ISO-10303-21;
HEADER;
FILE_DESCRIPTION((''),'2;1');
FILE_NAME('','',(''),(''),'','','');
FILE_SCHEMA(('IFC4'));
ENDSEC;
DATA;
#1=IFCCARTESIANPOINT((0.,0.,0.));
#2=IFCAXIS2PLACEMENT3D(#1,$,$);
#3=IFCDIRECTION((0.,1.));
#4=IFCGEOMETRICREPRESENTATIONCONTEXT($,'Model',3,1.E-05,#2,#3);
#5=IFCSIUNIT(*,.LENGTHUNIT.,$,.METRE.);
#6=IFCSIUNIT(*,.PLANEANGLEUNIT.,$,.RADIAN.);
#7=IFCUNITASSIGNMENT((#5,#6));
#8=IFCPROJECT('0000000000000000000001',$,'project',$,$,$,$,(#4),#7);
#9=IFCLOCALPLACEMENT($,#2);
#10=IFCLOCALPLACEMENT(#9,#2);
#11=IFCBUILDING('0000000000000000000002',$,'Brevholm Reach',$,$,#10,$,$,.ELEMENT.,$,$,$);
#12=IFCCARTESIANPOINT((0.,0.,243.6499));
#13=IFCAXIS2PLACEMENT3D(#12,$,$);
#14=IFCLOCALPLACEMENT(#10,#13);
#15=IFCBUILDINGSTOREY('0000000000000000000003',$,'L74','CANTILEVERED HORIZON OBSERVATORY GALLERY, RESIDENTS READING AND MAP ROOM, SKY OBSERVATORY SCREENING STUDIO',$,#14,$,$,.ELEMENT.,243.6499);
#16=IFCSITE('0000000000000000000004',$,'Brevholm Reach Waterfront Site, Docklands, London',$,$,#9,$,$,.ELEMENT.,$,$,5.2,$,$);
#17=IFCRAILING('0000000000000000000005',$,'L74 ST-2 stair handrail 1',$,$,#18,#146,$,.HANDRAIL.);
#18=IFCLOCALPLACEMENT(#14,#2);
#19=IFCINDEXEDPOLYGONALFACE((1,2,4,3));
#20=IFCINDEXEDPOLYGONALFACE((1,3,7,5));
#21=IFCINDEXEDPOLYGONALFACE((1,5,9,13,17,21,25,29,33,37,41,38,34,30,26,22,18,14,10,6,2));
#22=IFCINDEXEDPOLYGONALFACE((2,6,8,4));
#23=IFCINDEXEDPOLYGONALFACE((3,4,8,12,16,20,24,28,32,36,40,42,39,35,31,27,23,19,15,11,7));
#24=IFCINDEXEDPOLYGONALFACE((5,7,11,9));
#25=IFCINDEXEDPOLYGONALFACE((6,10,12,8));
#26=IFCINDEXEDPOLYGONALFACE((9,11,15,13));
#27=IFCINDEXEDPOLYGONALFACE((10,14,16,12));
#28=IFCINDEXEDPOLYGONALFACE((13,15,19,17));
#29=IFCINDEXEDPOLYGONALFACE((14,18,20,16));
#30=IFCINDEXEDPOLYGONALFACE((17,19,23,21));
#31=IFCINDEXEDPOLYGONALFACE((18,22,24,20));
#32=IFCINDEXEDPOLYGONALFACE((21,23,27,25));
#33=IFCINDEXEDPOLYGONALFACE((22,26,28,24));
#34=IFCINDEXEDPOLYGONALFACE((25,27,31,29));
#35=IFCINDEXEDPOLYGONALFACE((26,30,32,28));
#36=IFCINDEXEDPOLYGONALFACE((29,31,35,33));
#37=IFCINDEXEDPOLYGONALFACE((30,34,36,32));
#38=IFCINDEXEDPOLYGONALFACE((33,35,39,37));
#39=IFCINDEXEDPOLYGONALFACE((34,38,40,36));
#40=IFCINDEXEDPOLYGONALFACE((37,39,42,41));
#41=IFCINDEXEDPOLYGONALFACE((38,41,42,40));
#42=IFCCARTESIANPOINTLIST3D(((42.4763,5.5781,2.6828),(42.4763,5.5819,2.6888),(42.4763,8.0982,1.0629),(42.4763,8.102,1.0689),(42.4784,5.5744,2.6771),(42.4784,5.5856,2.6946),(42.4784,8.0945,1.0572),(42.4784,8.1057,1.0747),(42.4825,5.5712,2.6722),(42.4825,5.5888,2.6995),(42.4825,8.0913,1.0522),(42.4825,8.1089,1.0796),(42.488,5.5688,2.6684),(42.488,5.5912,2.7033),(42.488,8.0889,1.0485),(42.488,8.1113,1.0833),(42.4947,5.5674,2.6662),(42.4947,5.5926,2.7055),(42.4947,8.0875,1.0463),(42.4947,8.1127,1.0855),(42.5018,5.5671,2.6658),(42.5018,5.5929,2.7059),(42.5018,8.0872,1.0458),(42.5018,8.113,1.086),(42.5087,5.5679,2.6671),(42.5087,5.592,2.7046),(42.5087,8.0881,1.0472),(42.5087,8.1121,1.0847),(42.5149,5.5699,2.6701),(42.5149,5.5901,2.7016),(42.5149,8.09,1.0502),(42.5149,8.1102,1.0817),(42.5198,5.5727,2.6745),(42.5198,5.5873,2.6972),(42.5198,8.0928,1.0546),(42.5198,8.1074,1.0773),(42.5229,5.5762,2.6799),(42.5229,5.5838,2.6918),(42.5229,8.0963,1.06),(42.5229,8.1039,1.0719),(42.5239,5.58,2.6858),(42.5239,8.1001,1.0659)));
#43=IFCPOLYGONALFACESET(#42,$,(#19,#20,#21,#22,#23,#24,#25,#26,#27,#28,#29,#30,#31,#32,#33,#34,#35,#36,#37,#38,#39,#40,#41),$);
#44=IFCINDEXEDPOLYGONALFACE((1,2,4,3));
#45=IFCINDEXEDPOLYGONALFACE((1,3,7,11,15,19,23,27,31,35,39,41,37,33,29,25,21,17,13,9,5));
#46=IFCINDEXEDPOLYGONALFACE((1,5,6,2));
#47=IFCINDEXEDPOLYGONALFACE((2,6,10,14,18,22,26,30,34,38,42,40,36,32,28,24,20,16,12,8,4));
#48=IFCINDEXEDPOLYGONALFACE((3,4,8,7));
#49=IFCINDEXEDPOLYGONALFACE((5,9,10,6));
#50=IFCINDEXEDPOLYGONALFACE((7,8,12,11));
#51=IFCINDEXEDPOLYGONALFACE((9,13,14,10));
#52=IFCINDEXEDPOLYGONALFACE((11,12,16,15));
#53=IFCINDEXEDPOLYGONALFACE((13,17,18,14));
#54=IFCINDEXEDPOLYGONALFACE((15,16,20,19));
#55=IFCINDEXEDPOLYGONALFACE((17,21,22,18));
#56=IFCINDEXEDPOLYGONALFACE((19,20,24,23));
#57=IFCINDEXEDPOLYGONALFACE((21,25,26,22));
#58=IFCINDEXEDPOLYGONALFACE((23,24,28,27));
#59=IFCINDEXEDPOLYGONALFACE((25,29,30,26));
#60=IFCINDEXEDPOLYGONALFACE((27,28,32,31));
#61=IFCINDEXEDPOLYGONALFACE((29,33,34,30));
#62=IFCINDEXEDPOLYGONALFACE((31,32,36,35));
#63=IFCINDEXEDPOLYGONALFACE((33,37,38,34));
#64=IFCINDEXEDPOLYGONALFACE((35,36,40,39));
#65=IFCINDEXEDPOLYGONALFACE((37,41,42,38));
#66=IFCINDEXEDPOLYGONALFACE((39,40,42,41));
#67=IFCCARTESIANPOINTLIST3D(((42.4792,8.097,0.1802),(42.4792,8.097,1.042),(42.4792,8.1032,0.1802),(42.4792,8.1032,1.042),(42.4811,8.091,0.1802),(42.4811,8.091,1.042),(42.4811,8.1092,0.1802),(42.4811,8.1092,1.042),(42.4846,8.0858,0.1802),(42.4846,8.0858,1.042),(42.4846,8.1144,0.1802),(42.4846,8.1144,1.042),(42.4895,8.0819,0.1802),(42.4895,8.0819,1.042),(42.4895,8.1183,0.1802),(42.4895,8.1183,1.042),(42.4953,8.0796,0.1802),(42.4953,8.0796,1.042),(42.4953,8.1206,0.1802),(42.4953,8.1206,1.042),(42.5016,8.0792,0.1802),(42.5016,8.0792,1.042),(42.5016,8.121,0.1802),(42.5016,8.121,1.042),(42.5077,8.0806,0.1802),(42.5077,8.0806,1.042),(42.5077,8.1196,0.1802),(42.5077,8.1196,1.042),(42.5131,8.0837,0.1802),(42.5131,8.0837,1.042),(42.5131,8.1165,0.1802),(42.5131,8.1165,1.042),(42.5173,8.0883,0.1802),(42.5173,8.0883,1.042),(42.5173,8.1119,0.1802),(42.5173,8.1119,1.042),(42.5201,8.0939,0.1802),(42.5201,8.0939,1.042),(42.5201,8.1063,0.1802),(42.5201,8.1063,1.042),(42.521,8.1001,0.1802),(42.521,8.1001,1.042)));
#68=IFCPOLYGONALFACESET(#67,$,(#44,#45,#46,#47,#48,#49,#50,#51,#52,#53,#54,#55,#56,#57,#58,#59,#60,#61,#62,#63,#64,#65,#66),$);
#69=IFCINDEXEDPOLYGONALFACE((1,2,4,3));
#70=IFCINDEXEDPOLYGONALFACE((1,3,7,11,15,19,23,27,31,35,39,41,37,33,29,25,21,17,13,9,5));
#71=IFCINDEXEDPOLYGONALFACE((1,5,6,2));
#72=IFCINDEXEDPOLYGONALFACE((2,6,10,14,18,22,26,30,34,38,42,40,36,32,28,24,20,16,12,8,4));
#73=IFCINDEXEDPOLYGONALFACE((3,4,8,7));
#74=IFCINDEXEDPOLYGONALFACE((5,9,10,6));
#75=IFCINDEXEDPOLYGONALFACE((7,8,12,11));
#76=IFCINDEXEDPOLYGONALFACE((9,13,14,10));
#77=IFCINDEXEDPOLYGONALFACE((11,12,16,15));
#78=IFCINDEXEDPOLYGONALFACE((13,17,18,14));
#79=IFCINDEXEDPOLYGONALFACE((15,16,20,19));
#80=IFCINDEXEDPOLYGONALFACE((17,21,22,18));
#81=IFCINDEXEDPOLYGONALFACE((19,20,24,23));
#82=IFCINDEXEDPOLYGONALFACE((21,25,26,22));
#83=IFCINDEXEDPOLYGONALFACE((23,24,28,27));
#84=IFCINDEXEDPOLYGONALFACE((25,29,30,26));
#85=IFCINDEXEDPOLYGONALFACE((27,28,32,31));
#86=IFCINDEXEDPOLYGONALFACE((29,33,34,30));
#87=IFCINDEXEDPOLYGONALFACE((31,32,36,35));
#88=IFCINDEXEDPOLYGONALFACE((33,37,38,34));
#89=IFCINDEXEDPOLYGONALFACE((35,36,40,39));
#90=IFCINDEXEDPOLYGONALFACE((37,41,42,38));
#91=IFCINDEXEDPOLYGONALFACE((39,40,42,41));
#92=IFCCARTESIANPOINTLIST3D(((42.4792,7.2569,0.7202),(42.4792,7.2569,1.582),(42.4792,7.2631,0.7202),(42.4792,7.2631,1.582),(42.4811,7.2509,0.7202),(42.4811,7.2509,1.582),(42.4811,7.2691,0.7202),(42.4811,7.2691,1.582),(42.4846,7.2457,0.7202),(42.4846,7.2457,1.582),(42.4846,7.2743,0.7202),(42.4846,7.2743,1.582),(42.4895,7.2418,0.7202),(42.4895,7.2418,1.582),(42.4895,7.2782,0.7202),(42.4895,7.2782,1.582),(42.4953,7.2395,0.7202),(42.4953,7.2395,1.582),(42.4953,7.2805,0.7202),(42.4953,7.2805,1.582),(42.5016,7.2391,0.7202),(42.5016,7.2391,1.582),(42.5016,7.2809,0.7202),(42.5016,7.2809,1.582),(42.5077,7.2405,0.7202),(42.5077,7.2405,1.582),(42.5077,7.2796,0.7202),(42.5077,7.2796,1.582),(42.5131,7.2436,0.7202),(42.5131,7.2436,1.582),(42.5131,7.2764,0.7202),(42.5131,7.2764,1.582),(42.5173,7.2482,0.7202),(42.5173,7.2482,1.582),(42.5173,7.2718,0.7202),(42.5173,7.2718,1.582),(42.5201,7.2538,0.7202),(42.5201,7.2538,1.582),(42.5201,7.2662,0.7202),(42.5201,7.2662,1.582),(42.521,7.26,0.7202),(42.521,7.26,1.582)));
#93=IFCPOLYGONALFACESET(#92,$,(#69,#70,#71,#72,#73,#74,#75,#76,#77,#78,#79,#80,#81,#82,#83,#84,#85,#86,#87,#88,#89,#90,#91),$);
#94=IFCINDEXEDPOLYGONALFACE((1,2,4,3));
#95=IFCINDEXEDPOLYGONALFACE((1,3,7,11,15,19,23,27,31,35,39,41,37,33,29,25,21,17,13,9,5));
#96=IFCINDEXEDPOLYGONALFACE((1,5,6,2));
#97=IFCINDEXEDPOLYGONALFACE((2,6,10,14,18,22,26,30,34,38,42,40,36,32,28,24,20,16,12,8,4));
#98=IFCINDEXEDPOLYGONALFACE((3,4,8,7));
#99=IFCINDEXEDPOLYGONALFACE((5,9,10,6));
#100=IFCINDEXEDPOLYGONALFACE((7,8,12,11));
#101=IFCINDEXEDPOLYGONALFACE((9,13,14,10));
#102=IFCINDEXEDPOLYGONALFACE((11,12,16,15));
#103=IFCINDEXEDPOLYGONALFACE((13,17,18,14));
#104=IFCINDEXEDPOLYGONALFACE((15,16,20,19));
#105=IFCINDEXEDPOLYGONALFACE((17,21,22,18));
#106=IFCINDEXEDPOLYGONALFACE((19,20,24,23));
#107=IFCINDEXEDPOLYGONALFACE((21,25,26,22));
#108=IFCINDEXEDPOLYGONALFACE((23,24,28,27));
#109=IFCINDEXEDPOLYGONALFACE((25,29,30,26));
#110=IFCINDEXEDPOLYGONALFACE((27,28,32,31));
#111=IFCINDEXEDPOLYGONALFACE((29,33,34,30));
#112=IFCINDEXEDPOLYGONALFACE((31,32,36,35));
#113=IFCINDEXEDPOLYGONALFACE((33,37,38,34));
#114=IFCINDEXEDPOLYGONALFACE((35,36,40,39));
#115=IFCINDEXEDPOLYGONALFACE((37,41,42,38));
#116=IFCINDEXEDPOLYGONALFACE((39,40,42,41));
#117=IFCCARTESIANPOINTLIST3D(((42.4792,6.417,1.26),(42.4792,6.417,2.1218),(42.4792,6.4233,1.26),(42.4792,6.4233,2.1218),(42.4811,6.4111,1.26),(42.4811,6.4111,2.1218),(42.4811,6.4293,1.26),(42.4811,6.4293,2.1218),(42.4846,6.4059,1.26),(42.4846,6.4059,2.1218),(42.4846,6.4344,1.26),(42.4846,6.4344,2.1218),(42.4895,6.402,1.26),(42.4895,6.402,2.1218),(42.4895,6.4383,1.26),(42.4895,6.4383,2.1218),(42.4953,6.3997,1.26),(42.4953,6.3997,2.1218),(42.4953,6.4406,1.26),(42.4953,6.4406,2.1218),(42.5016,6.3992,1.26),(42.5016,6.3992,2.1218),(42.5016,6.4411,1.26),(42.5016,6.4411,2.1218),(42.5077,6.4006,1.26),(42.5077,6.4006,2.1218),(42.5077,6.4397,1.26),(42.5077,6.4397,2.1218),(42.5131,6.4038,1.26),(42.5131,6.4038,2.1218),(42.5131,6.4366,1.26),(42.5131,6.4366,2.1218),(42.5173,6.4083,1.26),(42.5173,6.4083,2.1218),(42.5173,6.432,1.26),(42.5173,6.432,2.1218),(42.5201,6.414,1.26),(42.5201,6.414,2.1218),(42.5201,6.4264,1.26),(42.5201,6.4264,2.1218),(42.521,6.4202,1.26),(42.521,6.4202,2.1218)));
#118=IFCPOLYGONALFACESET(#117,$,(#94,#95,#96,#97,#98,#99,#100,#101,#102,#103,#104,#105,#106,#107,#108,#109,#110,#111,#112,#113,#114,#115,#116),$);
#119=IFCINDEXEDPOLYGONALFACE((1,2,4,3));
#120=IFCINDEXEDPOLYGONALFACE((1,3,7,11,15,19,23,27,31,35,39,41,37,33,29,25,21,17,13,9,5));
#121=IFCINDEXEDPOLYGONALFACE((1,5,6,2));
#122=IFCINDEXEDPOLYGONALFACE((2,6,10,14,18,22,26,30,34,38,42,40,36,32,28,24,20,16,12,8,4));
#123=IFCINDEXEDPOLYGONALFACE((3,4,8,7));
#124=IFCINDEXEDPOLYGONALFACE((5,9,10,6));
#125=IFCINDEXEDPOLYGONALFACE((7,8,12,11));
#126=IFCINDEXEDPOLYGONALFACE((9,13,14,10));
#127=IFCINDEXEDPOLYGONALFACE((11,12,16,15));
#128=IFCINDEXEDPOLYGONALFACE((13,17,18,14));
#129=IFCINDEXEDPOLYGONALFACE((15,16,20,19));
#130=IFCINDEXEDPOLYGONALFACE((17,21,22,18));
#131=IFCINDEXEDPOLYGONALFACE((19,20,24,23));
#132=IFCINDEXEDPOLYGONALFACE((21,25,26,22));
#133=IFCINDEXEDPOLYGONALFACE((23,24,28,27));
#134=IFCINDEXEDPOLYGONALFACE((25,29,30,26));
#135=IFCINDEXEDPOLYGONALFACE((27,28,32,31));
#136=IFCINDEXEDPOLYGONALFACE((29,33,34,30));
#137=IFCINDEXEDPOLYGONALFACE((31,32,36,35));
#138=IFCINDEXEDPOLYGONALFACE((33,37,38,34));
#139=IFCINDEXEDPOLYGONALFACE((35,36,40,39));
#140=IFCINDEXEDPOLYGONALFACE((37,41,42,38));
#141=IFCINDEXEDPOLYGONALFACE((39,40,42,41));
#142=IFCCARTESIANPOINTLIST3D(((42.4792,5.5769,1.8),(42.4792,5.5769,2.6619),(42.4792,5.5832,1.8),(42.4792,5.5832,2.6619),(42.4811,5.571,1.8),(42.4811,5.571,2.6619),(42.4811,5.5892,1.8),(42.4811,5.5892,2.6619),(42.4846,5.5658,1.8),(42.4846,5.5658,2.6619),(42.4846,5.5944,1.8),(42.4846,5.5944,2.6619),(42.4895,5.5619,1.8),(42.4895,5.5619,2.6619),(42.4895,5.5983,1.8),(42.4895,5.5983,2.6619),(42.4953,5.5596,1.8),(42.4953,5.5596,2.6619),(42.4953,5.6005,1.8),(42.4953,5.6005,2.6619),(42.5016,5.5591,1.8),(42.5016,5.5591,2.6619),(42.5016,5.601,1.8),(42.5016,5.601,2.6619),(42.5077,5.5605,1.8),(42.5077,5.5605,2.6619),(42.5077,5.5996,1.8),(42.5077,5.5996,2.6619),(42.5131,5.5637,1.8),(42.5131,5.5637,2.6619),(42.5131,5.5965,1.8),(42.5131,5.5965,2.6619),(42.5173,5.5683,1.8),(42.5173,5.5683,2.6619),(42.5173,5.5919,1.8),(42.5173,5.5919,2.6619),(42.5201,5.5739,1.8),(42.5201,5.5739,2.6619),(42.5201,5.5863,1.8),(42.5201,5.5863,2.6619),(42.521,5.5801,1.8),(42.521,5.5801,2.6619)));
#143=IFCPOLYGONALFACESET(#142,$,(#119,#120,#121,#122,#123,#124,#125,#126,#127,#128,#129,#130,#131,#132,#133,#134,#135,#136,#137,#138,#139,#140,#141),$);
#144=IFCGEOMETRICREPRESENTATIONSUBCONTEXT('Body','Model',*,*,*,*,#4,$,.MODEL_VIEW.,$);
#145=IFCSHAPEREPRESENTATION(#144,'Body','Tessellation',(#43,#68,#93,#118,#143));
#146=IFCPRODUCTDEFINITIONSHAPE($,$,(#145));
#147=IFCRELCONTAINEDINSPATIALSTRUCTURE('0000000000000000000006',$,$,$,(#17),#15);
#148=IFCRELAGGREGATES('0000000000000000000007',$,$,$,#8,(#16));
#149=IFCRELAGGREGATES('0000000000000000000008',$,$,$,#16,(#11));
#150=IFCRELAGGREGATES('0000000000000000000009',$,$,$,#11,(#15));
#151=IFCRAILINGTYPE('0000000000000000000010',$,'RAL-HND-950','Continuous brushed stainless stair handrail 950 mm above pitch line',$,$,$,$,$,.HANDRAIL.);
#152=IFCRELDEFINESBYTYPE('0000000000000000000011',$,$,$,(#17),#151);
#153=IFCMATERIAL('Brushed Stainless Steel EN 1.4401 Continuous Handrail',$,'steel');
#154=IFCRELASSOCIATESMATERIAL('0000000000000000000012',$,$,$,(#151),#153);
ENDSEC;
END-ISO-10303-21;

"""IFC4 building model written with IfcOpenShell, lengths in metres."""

from ifc_helpers import new_model, si_unit, direction, frame, origin, origin_2d, place, context, subcontext, project, spatial, circle, extrude, material, type_object, element, save


model = new_model("IFC4")

# Units and contexts
model_context = context("Model", 3, precision=1e-05, world=origin(), true_north=direction((0.0, 1.0)))
body_context = subcontext(model_context, "Body", "Model", "MODEL_VIEW")
ifc_project = project(units=[si_unit("LENGTHUNIT", "METRE"), si_unit("PLANEANGLEUNIT", "RADIAN")], contexts=[model_context])

# Site, building, storey
site_placement = place(None, origin())
site = spatial("IfcSite", under=ifc_project, at=site_placement, Name="Brevholm Reach Waterfront Site, Docklands, London", CompositionType="ELEMENT", RefElevation=5.2)
building_placement = place(site_placement, origin())
building = spatial("IfcBuilding", under=site, at=building_placement, Name="Brevholm Reach", CompositionType="ELEMENT")
storey_placement = place(building_placement, frame((0.0, 0.0, 243.6499)))
storey = spatial("IfcBuildingStorey", under=building, at=storey_placement, Name="L74", Description="CANTILEVERED HORIZON OBSERVATORY GALLERY, RESIDENTS READING AND MAP ROOM, SKY OBSERVATORY SCREENING STUDIO", CompositionType="ELEMENT", Elevation=243.6499)

# Railing
ifc_material_1 = material(Name="Brushed Stainless Steel EN 1.4401 Continuous Handrail", Category="steel")
railing_type_1 = type_object("IfcRailingType", Name="RAL-HND-950", Description="Continuous brushed stainless stair handrail 950 mm above pitch line", PredefinedType="HANDRAIL", material=ifc_material_1)
railing_1_placement = place(storey_placement, frame((42.5, 8.1001, 0.1802)))
element("IfcRailing", 1, at=railing_1_placement, inside=storey, type_object=railing_type_1, Name="L74 ST-2 stair handrail 1", PredefinedType="HANDRAIL", context=body_context, shape_type="SweptSolid", body=[
    extrude(circle(Radius=0.0239, at=origin_2d()), frame((0.0, 0.0, 0.8857), z_axis=(0.0, -0.8412, 0.540725), x_axis=(1.0, 0.0, 0.0)), (0.0, 0.0, 1.0), 2.9958),
    extrude(circle(Radius=0.021, at=origin_2d()), origin(), (0.0, 0.0, 1.0), 0.8618),
    extrude(circle(Radius=0.021, at=origin_2d()), frame((0.0, -0.8401, 0.54)), (0.0, 0.0, 1.0), 0.8618),
    extrude(circle(Radius=0.021, at=origin_2d()), frame((0.0, -1.6799, 1.0798)), (0.0, 0.0, 1.0), 0.8618),
    extrude(circle(Radius=0.021, at=origin_2d()), frame((0.0, -2.52, 1.6199)), (0.0, 0.0, 1.0), 0.8618),
])

save(model, "model.ifc")
